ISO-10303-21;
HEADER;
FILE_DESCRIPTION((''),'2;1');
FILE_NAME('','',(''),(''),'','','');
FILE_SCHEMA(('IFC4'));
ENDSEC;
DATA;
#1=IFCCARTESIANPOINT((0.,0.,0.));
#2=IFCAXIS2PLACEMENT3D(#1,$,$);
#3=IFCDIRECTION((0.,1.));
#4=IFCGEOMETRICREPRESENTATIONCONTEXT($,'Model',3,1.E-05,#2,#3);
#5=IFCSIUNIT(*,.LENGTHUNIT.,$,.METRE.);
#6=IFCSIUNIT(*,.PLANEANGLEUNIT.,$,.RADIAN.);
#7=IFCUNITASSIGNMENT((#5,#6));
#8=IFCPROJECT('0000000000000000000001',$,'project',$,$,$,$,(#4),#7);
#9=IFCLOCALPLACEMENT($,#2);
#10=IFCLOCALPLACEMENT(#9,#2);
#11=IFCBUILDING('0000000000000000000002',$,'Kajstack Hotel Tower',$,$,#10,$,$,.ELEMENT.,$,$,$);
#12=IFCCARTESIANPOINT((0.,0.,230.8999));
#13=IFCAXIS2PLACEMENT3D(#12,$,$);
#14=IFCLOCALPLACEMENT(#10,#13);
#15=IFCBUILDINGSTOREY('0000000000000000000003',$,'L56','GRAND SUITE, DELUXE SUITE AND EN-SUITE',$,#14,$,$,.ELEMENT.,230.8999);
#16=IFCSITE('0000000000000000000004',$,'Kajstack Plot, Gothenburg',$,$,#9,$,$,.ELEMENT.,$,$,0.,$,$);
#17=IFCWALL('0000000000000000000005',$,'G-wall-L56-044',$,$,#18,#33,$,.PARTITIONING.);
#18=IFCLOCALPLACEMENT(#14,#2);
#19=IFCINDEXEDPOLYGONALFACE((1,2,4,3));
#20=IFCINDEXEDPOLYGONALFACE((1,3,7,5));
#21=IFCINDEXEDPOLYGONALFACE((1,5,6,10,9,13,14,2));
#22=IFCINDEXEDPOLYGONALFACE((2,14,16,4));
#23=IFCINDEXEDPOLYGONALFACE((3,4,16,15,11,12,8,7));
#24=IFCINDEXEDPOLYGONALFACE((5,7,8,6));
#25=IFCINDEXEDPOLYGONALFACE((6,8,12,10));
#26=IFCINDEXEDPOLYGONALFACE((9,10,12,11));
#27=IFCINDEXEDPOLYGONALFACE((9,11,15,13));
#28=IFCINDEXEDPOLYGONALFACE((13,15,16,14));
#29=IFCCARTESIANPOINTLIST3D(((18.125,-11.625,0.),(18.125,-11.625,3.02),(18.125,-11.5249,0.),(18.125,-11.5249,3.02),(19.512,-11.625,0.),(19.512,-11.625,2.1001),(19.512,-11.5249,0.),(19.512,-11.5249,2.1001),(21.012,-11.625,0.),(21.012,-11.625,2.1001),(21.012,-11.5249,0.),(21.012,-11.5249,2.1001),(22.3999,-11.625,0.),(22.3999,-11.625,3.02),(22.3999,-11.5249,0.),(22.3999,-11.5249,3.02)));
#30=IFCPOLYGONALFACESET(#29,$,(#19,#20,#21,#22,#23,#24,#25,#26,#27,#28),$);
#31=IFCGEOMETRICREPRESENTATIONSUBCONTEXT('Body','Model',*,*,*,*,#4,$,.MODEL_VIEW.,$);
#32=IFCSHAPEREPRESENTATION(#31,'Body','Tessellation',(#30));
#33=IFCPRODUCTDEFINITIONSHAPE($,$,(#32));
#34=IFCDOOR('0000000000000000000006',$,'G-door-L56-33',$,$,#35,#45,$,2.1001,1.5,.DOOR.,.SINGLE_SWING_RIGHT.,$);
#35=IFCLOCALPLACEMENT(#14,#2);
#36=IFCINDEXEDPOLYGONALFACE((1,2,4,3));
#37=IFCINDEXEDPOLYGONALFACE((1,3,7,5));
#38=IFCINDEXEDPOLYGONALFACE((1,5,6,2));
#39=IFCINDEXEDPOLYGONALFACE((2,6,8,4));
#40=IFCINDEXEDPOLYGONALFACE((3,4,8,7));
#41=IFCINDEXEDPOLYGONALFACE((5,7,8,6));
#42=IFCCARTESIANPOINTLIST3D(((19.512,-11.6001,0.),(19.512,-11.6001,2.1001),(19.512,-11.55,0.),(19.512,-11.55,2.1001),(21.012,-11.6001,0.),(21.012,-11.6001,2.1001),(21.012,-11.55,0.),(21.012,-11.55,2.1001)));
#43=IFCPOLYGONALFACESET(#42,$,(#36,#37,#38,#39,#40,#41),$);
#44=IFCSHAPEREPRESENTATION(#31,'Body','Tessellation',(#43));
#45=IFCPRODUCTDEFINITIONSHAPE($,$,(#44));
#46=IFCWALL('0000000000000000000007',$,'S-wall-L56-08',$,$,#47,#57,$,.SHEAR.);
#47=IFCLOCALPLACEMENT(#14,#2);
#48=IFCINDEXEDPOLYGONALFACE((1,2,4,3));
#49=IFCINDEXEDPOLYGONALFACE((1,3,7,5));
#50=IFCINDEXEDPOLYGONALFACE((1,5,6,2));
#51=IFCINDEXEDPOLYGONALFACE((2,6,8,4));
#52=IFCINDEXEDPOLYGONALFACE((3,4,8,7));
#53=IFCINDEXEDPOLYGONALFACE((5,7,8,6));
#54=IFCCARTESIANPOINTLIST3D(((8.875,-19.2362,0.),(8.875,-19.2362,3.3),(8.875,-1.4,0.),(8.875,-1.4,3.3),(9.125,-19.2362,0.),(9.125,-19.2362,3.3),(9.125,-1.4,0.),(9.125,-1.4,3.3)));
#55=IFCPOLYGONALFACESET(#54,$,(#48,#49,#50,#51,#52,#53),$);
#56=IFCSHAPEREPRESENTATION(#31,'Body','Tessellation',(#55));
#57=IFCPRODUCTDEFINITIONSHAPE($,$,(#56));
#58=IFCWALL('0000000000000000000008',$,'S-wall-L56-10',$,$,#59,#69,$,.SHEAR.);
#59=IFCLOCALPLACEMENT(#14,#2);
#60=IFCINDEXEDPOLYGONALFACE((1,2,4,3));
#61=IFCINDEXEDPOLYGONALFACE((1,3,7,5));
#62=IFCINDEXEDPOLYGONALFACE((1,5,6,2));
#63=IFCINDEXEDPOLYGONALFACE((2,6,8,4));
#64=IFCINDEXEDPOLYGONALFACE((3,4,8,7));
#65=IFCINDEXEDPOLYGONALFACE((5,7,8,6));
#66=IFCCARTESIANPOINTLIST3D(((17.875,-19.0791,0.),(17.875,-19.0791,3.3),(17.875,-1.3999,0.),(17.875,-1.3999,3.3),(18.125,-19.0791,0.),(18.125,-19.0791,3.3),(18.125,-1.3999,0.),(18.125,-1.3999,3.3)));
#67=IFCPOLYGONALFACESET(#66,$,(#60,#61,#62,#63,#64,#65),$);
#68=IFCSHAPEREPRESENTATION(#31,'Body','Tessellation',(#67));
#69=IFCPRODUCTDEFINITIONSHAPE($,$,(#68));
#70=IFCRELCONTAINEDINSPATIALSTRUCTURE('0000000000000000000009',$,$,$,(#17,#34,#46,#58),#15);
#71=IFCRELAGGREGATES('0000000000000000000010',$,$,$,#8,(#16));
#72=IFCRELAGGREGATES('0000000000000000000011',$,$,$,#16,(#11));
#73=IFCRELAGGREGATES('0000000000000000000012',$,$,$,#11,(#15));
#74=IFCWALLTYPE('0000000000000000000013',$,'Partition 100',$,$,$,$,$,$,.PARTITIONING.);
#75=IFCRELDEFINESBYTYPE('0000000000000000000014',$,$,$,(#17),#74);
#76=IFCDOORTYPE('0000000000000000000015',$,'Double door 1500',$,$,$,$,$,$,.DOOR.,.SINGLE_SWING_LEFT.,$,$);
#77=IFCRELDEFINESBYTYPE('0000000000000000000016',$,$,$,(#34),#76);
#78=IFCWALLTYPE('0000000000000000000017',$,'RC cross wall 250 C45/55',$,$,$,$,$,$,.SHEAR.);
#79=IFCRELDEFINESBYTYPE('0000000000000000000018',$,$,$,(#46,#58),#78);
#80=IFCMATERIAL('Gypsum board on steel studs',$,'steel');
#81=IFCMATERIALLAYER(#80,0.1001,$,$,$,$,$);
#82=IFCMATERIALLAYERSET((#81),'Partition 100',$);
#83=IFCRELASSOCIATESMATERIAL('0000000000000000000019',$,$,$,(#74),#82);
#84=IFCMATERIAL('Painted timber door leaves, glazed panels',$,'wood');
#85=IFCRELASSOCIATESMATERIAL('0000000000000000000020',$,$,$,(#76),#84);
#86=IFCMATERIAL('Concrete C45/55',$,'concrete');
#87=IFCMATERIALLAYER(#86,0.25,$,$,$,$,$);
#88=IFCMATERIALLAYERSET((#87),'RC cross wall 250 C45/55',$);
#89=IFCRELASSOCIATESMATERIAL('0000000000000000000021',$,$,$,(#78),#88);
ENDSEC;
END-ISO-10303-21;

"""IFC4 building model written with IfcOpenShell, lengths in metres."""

from ifc_helpers import new_model, si_unit, direction, frame, frame_2d, origin, place, context, subcontext, project, spatial, rectangle, extrude, material, layer, layer_set, type_object, element, fill, save


model = new_model("IFC4")

# Units and contexts
model_context = context("Model", 3, precision=1e-05, world=origin(), true_north=direction((0.0, 1.0)))
body_context = subcontext(model_context, "Body", "Model", "MODEL_VIEW")
ifc_project = project(units=[si_unit("LENGTHUNIT", "METRE"), si_unit("PLANEANGLEUNIT", "RADIAN")], contexts=[model_context])

# Site, building, storey
site_placement = place(None, origin())
site = spatial("IfcSite", under=ifc_project, at=site_placement, Name="Kajstack Plot, Gothenburg", CompositionType="ELEMENT", RefElevation=0.0)
building_placement = place(site_placement, origin())
building = spatial("IfcBuilding", under=site, at=building_placement, Name="Kajstack Hotel Tower", CompositionType="ELEMENT")
storey_placement = place(building_placement, frame((0.0, 0.0, 230.8999)))
storey = spatial("IfcBuildingStorey", under=building, at=storey_placement, Name="L56", Description="GRAND SUITE, DELUXE SUITE AND EN-SUITE", CompositionType="ELEMENT", Elevation=230.8999)

# Wall, opening, door
ifc_material_1 = material(Name="Gypsum board on steel studs", Category="steel")
ifc_layer_1 = layer(ifc_material_1, 0.1001)
ifc_layer_set_1 = layer_set([ifc_layer_1], Name="Partition 100")
wall_type_1 = type_object("IfcWallType", Name="Partition 100", PredefinedType="PARTITIONING", material=ifc_layer_set_1)
wall_1_placement = place(storey_placement, frame((18.125, -11.575, 0.0), z_axis=(0.0, 0.0, 1.0), x_axis=(1.0, 0.0, 0.0)))
wall_1 = element("IfcWall", 1, at=wall_1_placement, inside=storey, type_object=wall_type_1, Name="G-wall-L56-044", PredefinedType="PARTITIONING", context=body_context, shape_type="SweptSolid", body=[
    extrude(rectangle(XDim=4.2749, YDim=0.1001, at=frame_2d((2.1375, 0.0))), origin(), (0.0, 0.0, 1.0), 3.02),
])
opening_1_placement = place(wall_1_placement, frame((1.387, 0.0, 0.0)))
opening_1 = element("IfcOpeningElement", 2, at=opening_1_placement, cuts=wall_1, PredefinedType="OPENING", context=body_context, shape_type="SweptSolid", body=[
    extrude(rectangle(XDim=1.5, YDim=2.1001, at=frame_2d((0.75, 1.05))), frame((0.0, 0.0601, 0.0), z_axis=(0.0, -1.0, 0.0), x_axis=(1.0, 0.0, 0.0)), (0.0, 0.0, 1.0), 0.1201),
])
ifc_material_2 = material(Name="Painted timber door leaves, glazed panels", Category="wood")
door_type_1 = type_object("IfcDoorType", Name="Double door 1500", OperationType="SINGLE_SWING_LEFT", PredefinedType="DOOR", material=ifc_material_2)
door_1_placement = place(opening_1_placement, origin())
door_1 = element("IfcDoor", 3, at=door_1_placement, inside=storey, type_object=door_type_1, Name="G-door-L56-33", OperationType="SINGLE_SWING_RIGHT", OverallHeight=2.1001, OverallWidth=1.5, PredefinedType="DOOR", context=body_context, shape_type="SweptSolid", body=[
    extrude(rectangle(XDim=1.5, YDim=2.1001, at=frame_2d((0.75, 1.05))), frame((0.0, 0.0249, 0.0), z_axis=(0.0, -1.0, 0.0), x_axis=(1.0, 0.0, 0.0)), (0.0, 0.0, 1.0), 0.05),
])
fill(opening_1, door_1)

# Walls
ifc_material_3 = material(Name="Concrete C45/55", Category="concrete")
ifc_layer_2 = layer(ifc_material_3, 0.25)
ifc_layer_set_2 = layer_set([ifc_layer_2], Name="RC cross wall 250 C45/55")
wall_type_2 = type_object("IfcWallType", Name="RC cross wall 250 C45/55", PredefinedType="SHEAR", material=ifc_layer_set_2)
wall_2_placement = place(storey_placement, frame((9.0, -19.2361, 0.0), z_axis=(0.0, 0.0, 1.0), x_axis=(0.0, 1.0, 0.0)))
element("IfcWall", 4, at=wall_2_placement, inside=storey, type_object=wall_type_2, Name="S-wall-L56-08", PredefinedType="SHEAR", context=body_context, shape_type="SweptSolid", body=[
    extrude(rectangle(XDim=17.8362, YDim=0.25, at=frame_2d((8.918, 0.0))), origin(), (0.0, 0.0, 1.0), 3.3),
])
wall_3_placement = place(storey_placement, frame((18.0, -19.0791, 0.0), z_axis=(0.0, 0.0, 1.0), x_axis=(0.0, 1.0, 0.0)))
element("IfcWall", 5, at=wall_3_placement, inside=storey, type_object=wall_type_2, Name="S-wall-L56-10", PredefinedType="SHEAR", context=body_context, shape_type="SweptSolid", body=[
    extrude(rectangle(XDim=17.6792, YDim=0.25, at=frame_2d((8.8396, 0.0))), origin(), (0.0, 0.0, 1.0), 3.3),
])

save(model, "model.ifc")
